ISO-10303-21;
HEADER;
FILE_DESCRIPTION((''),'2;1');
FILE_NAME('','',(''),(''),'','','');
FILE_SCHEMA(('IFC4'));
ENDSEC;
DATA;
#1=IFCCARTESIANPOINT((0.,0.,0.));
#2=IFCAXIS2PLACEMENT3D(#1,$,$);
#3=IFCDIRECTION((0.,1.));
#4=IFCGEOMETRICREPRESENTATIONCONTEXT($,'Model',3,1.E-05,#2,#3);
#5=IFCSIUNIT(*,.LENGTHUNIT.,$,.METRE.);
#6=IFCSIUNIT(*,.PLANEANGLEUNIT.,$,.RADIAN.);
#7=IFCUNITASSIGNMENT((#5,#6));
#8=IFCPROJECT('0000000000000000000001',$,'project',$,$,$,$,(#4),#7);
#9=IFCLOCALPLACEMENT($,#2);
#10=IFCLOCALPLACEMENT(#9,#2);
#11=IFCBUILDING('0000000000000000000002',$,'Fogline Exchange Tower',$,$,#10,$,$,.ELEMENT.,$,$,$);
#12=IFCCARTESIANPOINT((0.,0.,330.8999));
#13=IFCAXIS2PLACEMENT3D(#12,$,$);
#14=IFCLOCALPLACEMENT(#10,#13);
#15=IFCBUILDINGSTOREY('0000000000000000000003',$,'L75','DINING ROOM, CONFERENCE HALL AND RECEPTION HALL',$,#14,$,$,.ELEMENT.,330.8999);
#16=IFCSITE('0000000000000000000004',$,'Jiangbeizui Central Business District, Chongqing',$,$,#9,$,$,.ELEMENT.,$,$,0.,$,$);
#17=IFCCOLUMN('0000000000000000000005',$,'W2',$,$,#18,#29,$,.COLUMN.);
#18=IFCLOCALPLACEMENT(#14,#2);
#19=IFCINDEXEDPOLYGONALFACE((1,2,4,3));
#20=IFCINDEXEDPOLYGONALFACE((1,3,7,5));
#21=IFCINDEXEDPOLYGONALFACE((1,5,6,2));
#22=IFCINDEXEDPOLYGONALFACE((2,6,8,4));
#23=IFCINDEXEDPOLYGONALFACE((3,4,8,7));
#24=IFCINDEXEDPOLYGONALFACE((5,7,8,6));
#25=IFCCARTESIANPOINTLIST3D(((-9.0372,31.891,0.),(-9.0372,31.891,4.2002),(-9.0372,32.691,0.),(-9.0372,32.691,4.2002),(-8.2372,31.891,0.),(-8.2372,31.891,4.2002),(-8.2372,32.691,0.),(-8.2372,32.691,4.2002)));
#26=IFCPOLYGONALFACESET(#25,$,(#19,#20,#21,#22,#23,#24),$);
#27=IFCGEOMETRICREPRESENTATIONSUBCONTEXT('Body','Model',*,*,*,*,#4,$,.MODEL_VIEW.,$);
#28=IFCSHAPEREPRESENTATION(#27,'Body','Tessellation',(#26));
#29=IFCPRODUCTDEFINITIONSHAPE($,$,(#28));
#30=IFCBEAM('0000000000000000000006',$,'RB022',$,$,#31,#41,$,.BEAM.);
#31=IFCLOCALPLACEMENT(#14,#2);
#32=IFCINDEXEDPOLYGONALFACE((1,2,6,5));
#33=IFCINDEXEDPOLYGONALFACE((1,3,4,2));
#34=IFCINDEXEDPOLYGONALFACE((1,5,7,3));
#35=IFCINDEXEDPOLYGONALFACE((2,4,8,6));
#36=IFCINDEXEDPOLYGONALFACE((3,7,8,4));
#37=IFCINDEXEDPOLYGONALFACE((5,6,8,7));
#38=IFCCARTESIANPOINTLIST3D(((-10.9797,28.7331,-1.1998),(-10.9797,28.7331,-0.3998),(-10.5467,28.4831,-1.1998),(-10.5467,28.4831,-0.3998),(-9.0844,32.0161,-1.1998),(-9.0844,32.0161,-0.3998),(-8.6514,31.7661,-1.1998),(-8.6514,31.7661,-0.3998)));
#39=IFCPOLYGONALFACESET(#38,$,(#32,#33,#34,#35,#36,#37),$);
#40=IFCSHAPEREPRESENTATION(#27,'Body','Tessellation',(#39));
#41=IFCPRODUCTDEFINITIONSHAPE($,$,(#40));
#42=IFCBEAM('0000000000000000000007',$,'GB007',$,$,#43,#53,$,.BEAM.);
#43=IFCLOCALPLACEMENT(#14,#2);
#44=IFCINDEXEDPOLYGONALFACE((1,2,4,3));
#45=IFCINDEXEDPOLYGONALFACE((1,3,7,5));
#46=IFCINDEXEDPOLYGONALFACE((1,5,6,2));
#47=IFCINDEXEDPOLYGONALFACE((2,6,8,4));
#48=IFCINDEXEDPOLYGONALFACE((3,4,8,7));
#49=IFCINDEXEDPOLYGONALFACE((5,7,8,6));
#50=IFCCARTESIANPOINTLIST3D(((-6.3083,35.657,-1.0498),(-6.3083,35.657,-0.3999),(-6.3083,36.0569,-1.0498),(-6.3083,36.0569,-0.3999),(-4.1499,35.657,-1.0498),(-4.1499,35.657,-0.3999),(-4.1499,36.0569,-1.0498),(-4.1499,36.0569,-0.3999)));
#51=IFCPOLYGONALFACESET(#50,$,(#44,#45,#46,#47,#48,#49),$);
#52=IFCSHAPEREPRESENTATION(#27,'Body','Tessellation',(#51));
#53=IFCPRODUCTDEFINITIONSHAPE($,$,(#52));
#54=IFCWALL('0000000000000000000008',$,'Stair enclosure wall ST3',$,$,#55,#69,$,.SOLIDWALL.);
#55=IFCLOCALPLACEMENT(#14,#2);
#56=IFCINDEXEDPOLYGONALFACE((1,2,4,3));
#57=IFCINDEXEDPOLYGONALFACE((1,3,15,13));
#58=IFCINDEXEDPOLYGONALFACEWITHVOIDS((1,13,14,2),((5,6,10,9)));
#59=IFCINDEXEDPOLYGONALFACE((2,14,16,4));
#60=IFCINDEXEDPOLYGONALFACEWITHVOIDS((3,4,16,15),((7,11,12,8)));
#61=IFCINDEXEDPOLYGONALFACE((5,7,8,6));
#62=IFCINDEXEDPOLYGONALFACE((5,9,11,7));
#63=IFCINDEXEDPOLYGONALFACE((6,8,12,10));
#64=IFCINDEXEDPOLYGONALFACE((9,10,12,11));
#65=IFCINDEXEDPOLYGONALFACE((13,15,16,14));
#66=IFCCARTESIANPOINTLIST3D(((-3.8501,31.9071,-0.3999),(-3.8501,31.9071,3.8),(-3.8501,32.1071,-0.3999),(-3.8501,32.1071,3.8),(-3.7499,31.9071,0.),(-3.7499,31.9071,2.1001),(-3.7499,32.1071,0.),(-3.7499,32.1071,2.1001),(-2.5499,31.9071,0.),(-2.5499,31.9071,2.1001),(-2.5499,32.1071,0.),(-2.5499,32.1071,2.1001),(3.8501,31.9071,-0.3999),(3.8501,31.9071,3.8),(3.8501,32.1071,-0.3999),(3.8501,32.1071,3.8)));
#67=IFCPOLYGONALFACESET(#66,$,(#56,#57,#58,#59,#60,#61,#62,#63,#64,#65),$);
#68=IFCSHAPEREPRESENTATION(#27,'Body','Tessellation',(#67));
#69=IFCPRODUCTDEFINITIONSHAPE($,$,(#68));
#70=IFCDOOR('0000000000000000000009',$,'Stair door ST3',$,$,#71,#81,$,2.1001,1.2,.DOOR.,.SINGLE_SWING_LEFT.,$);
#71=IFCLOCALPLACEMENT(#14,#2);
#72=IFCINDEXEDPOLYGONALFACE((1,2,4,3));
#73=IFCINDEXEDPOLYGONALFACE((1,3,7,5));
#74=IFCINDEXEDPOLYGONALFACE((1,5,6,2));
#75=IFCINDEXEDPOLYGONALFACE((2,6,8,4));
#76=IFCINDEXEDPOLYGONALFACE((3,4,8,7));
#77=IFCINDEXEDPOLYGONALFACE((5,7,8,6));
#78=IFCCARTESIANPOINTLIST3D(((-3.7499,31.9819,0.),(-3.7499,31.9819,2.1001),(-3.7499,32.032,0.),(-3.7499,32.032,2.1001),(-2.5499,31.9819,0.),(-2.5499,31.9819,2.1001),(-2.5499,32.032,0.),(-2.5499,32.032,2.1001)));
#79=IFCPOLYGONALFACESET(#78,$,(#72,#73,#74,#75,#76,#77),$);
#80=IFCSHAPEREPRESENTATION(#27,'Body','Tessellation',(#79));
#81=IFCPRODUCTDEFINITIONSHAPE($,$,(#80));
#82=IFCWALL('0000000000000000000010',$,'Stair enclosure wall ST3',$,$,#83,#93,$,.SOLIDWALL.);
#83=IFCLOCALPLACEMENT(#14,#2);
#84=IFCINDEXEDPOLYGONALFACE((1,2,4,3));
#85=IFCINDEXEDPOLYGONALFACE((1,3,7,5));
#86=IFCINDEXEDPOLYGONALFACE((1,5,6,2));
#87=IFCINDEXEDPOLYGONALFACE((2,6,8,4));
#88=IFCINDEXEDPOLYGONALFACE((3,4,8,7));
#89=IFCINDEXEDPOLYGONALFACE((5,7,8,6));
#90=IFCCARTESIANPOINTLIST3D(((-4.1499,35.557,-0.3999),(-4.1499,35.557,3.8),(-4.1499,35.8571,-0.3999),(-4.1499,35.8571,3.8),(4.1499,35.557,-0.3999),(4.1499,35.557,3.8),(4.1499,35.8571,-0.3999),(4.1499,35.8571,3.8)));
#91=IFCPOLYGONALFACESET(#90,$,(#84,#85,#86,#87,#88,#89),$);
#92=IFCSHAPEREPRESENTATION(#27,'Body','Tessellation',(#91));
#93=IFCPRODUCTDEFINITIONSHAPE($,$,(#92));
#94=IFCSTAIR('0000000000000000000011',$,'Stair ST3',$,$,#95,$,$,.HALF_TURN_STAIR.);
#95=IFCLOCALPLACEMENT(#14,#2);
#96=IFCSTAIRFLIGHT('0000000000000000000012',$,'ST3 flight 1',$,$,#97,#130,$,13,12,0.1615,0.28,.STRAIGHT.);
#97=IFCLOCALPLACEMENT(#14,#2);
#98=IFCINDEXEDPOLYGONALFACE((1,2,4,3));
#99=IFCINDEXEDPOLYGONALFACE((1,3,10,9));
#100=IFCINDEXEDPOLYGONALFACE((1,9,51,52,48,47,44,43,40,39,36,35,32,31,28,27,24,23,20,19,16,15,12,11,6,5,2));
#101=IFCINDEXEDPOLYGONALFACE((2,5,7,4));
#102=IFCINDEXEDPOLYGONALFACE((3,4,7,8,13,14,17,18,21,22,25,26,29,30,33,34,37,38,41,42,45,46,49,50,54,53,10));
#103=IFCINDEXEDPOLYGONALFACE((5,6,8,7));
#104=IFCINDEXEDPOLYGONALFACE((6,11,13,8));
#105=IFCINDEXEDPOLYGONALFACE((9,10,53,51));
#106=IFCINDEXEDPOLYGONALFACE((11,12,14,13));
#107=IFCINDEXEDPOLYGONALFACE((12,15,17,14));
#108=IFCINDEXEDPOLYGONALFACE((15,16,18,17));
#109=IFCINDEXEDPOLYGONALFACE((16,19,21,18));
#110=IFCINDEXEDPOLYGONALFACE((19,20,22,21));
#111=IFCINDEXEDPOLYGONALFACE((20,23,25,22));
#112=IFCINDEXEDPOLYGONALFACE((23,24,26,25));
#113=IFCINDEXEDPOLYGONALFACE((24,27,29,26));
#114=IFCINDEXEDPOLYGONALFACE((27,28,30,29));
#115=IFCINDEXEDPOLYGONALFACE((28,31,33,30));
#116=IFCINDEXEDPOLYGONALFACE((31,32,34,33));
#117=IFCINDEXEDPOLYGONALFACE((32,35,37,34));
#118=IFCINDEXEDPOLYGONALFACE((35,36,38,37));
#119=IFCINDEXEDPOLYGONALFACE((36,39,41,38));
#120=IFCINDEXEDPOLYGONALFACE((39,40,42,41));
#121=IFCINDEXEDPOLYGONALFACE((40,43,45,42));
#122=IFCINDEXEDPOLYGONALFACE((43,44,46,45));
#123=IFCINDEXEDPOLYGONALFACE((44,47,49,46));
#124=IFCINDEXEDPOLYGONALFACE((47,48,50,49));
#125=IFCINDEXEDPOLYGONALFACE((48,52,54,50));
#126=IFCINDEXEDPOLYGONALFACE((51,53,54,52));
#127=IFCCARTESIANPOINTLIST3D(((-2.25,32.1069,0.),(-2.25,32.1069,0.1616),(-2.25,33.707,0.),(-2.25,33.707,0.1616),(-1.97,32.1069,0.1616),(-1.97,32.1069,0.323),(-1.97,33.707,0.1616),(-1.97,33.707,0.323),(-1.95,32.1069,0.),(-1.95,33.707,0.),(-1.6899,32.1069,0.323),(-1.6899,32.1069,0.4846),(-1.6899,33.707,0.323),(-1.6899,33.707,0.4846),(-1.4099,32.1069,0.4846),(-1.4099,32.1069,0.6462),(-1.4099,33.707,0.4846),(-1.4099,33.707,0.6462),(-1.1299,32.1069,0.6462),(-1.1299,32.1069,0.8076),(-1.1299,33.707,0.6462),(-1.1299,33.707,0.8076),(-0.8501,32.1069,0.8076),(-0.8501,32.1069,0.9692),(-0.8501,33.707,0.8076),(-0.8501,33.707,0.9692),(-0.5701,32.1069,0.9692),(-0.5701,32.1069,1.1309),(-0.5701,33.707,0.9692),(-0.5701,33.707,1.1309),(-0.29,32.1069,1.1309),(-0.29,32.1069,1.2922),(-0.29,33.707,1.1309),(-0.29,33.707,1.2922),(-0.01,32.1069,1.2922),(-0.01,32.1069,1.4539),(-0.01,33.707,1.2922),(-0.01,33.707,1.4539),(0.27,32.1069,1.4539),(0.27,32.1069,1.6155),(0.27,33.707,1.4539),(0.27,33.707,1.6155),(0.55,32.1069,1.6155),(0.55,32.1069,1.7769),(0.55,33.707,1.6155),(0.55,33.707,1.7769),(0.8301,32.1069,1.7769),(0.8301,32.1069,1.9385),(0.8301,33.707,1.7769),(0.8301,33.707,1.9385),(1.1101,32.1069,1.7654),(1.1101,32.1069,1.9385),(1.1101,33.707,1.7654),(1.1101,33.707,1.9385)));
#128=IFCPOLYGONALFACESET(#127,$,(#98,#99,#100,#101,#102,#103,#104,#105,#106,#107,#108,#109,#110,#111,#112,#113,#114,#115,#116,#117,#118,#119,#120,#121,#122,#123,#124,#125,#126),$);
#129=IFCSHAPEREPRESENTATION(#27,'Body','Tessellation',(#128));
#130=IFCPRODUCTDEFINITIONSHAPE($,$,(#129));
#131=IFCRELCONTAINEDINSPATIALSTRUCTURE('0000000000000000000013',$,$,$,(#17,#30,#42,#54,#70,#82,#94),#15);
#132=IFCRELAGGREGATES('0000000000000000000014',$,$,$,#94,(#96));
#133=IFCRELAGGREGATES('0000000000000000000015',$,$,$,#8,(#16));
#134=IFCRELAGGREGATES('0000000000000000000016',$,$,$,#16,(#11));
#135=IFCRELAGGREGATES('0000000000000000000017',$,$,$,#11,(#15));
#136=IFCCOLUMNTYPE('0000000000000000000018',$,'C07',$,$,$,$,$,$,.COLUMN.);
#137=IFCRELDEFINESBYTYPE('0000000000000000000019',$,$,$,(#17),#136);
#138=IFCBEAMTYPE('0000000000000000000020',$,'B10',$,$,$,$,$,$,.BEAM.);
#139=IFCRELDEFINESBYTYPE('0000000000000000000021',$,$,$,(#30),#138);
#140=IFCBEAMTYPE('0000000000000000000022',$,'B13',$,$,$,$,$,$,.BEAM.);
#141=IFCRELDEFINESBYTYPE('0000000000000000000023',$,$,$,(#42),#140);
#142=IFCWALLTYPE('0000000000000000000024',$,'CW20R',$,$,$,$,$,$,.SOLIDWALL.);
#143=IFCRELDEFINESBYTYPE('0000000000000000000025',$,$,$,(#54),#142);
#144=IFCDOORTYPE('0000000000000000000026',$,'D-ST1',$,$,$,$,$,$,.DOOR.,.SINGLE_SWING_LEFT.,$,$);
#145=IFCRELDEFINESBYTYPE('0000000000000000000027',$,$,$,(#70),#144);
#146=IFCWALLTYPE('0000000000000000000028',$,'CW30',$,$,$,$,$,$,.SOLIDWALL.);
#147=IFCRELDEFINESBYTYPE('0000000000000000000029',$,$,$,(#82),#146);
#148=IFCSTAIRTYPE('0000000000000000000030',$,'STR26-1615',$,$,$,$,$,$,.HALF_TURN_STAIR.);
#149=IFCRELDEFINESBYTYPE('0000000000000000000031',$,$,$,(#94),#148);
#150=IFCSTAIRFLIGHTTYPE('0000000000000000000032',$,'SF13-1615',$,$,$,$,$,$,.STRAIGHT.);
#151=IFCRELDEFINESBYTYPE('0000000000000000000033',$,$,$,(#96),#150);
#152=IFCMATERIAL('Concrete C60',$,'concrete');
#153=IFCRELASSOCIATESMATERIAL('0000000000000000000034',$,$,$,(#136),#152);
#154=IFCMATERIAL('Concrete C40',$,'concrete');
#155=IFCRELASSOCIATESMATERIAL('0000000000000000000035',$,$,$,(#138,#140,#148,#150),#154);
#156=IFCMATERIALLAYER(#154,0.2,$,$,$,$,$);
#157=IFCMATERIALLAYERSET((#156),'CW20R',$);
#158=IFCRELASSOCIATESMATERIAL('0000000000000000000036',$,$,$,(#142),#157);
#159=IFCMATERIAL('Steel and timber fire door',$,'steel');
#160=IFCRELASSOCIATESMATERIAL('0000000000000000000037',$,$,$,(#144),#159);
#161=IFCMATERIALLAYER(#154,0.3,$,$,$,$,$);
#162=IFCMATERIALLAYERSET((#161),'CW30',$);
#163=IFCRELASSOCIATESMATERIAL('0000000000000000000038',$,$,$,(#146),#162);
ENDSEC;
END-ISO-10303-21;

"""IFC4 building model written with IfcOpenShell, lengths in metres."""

from ifc_helpers import new_model, si_unit, direction, frame, frame_2d, origin, origin_2d, place, context, subcontext, project, spatial, polyline, rectangle, outline, extrude, material, layer, layer_set, material_profile, profile_set, type_object, element, fill, aggregate, save


model = new_model("IFC4")

# Units and contexts
model_context = context("Model", 3, precision=1e-05, world=origin(), true_north=direction((0.0, 1.0)))
body_context = subcontext(model_context, "Body", "Model", "MODEL_VIEW")
ifc_project = project(units=[si_unit("LENGTHUNIT", "METRE"), si_unit("PLANEANGLEUNIT", "RADIAN")], contexts=[model_context])

# Site, building, storey
site_placement = place(None, origin())
site = spatial("IfcSite", under=ifc_project, at=site_placement, Name="Jiangbeizui Central Business District, Chongqing", CompositionType="ELEMENT", RefElevation=0.0)
building_placement = place(site_placement, origin())
building = spatial("IfcBuilding", under=site, at=building_placement, Name="Fogline Exchange Tower", CompositionType="ELEMENT")
storey_placement = place(building_placement, frame((0.0, 0.0, 330.8999)))
storey = spatial("IfcBuildingStorey", under=building, at=storey_placement, Name="L75", Description="DINING ROOM, CONFERENCE HALL AND RECEPTION HALL", CompositionType="ELEMENT", Elevation=330.8999)

# Column
ifc_material_1 = material(Name="Concrete C60", Category="concrete")
ifc_material_profile_1 = material_profile(ifc_material_1, rectangle(XDim=0.8, YDim=0.8, at=origin_2d()), Name="RC 800x800")
ifc_profile_set_1 = profile_set([ifc_material_profile_1], Name="Concrete C60")
column_type = type_object("IfcColumnType", Name="C07", PredefinedType="COLUMN", material=ifc_profile_set_1)
column_placement = place(storey_placement, frame((-8.6372, 32.291, 0.0), z_axis=(0.0, 0.0, 1.0), x_axis=(1.0, 0.0, 0.0)))
element("IfcColumn", 1, at=column_placement, inside=storey, type_object=column_type, Name="W2", PredefinedType="COLUMN", context=body_context, shape_type="SweptSolid", body=[
    extrude(rectangle(XDim=0.8, YDim=0.8, at=origin_2d()), origin(), (0.0, 0.0, 1.0), 4.2002),
])

# Beams
ifc_material_2 = material(Name="Concrete C40", Category="concrete")
ifc_material_profile_2 = material_profile(ifc_material_2, rectangle(XDim=0.5, YDim=0.8, at=origin_2d()), Name="RC 500x800")
ifc_profile_set_2 = profile_set([ifc_material_profile_2], Name="Concrete C40")
beam_type_1 = type_object("IfcBeamType", Name="B10", PredefinedType="BEAM", material=ifc_profile_set_2)
beam_1_placement = place(storey_placement, frame((-8.8679, 31.8911, -0.7998), z_axis=(-0.49997, -0.866043, 0.0), x_axis=(0.866043, -0.49997, 0.0)))
element("IfcBeam", 2, at=beam_1_placement, inside=storey, type_object=beam_type_1, Name="RB022", PredefinedType="BEAM", context=body_context, shape_type="SweptSolid", body=[
    extrude(rectangle(XDim=0.5, YDim=0.8, at=origin_2d()), origin(), (0.0, 0.0, 1.0), 3.7908),
])
ifc_material_profile_3 = material_profile(ifc_material_2, rectangle(XDim=0.3999, YDim=0.6499, at=origin_2d()), Name="RC 400x650")
ifc_profile_set_3 = profile_set([ifc_material_profile_3], Name="Concrete C40")
beam_type_2 = type_object("IfcBeamType", Name="B13", PredefinedType="BEAM", material=ifc_profile_set_3)
beam_2_placement = place(storey_placement, frame((-6.3083, 35.8569, -0.7249), z_axis=(1.0, 0.0, 0.0), x_axis=(0.0, 1.0, 0.0)))
element("IfcBeam", 3, at=beam_2_placement, inside=storey, type_object=beam_type_2, Name="GB007", PredefinedType="BEAM", context=body_context, shape_type="SweptSolid", body=[
    extrude(rectangle(XDim=0.3999, YDim=0.6499, at=origin_2d()), origin(), (0.0, 0.0, 1.0), 2.1584),
])

# Wall, opening, door
ifc_layer_1 = layer(ifc_material_2, 0.2)
ifc_layer_set_1 = layer_set([ifc_layer_1], Name="CW20R")
wall_type_1 = type_object("IfcWallType", Name="CW20R", PredefinedType="SOLIDWALL", material=ifc_layer_set_1)
wall_1_placement = place(storey_placement, frame((-3.8501, 32.0071, -0.3999), z_axis=(0.0, 0.0, 1.0), x_axis=(1.0, 0.0, 0.0)))
wall_1 = element("IfcWall", 4, at=wall_1_placement, inside=storey, type_object=wall_type_1, Name="Stair enclosure wall ST3", PredefinedType="SOLIDWALL", context=body_context, shape_type="SweptSolid", body=[
    extrude(rectangle(XDim=7.7002, YDim=0.2, at=frame_2d((3.8501, 0.0))), origin(), (0.0, 0.0, 1.0), 4.2),
])
opening_placement = place(wall_1_placement, frame((0.1001, 0.0, 0.3999)))
opening = element("IfcOpeningElement", 5, at=opening_placement, cuts=wall_1, PredefinedType="OPENING", context=body_context, shape_type="SweptSolid", body=[
    extrude(rectangle(XDim=1.2, YDim=2.1001, at=frame_2d((0.6001, 1.05))), frame((0.0, 0.1099, 0.0), z_axis=(0.0, -1.0, 0.0), x_axis=(1.0, 0.0, 0.0)), (0.0, 0.0, 1.0), 0.22),
])
ifc_material_3 = material(Name="Steel and timber fire door", Category="steel")
door_type = type_object("IfcDoorType", Name="D-ST1", OperationType="SINGLE_SWING_LEFT", PredefinedType="DOOR", material=ifc_material_3)
door_placement = place(opening_placement, origin())
door = element("IfcDoor", 6, at=door_placement, inside=storey, type_object=door_type, Name="Stair door ST3", OperationType="SINGLE_SWING_LEFT", OverallHeight=2.1001, OverallWidth=1.2, PredefinedType="DOOR", context=body_context, shape_type="SweptSolid", body=[
    extrude(rectangle(XDim=1.2, YDim=2.1001, at=frame_2d((0.6001, 1.05))), frame((0.0, 0.0249, 0.0), z_axis=(0.0, -1.0, 0.0), x_axis=(1.0, 0.0, 0.0)), (0.0, 0.0, 1.0), 0.05),
])
fill(opening, door)

# Wall
ifc_layer_2 = layer(ifc_material_2, 0.3)
ifc_layer_set_2 = layer_set([ifc_layer_2], Name="CW30")
wall_type_2 = type_object("IfcWallType", Name="CW30", PredefinedType="SOLIDWALL", material=ifc_layer_set_2)
wall_2_placement = place(storey_placement, frame((-4.1499, 35.707, -0.3999), z_axis=(0.0, 0.0, 1.0), x_axis=(1.0, 0.0, 0.0)))
element("IfcWall", 7, at=wall_2_placement, inside=storey, type_object=wall_type_2, Name="Stair enclosure wall ST3", PredefinedType="SOLIDWALL", context=body_context, shape_type="SweptSolid", body=[
    extrude(rectangle(XDim=8.2998, YDim=0.3, at=frame_2d((4.1499, 0.0))), origin(), (0.0, 0.0, 1.0), 4.2),
])

# Stair, stair flight
stair_type = type_object("IfcStairType", Name="STR26-1615", PredefinedType="HALF_TURN_STAIR", material=ifc_material_2)
stair_placement = place(storey_placement, origin())
stair = element("IfcStair", 8, at=stair_placement, inside=storey, type_object=stair_type, Name="Stair ST3", PredefinedType="HALF_TURN_STAIR")
stair_flight_type = type_object("IfcStairFlightType", Name="SF13-1615", PredefinedType="STRAIGHT", material=ifc_material_2)
stair_flight_placement = place(storey_placement, frame((-2.25, 32.907, 0.0), z_axis=(0.0, 0.0, 1.0), x_axis=(1.0, 0.0, 0.0)))
stair_flight = element("IfcStairFlight", 9, at=stair_flight_placement, type_object=stair_flight_type, Name="ST3 flight 1", NumberOfRisers=13, NumberOfTreads=12, PredefinedType="STRAIGHT", RiserHeight=0.1615, TreadLength=0.28, context=body_context, shape_type="SweptSolid", body=[
    extrude(outline(polyline([(0.0, 0.0), (0.0, 0.1616), (0.28, 0.1616), (0.28, 0.323), (0.5601, 0.323), (0.5601, 0.4846), (0.8401, 0.4846), (0.8401, 0.6462), (1.1201, 0.6462), (1.1201, 0.8076), (1.3999, 0.8076), (1.3999, 0.9692), (1.6799, 0.9692), (1.6799, 1.1309), (1.96, 1.1309), (1.96, 1.2922), (2.24, 1.2922), (2.24, 1.4539), (2.52, 1.4539), (2.52, 1.6155), (2.8, 1.6155), (2.8, 1.7769), (3.0801, 1.7769), (3.0801, 1.9385), (3.3601, 1.9385), (3.3601, 2.1001), (3.3601, 1.7654), (0.3, 0.0), (0.0, 0.0)])), frame((0.0, 0.8, 0.0), z_axis=(0.0, -1.0, 0.0), x_axis=(1.0, 0.0, 0.0)), (0.0, 0.0, 1.0), 1.6001),
])
aggregate(stair, [stair_flight])

save(model, "model.ifc")
